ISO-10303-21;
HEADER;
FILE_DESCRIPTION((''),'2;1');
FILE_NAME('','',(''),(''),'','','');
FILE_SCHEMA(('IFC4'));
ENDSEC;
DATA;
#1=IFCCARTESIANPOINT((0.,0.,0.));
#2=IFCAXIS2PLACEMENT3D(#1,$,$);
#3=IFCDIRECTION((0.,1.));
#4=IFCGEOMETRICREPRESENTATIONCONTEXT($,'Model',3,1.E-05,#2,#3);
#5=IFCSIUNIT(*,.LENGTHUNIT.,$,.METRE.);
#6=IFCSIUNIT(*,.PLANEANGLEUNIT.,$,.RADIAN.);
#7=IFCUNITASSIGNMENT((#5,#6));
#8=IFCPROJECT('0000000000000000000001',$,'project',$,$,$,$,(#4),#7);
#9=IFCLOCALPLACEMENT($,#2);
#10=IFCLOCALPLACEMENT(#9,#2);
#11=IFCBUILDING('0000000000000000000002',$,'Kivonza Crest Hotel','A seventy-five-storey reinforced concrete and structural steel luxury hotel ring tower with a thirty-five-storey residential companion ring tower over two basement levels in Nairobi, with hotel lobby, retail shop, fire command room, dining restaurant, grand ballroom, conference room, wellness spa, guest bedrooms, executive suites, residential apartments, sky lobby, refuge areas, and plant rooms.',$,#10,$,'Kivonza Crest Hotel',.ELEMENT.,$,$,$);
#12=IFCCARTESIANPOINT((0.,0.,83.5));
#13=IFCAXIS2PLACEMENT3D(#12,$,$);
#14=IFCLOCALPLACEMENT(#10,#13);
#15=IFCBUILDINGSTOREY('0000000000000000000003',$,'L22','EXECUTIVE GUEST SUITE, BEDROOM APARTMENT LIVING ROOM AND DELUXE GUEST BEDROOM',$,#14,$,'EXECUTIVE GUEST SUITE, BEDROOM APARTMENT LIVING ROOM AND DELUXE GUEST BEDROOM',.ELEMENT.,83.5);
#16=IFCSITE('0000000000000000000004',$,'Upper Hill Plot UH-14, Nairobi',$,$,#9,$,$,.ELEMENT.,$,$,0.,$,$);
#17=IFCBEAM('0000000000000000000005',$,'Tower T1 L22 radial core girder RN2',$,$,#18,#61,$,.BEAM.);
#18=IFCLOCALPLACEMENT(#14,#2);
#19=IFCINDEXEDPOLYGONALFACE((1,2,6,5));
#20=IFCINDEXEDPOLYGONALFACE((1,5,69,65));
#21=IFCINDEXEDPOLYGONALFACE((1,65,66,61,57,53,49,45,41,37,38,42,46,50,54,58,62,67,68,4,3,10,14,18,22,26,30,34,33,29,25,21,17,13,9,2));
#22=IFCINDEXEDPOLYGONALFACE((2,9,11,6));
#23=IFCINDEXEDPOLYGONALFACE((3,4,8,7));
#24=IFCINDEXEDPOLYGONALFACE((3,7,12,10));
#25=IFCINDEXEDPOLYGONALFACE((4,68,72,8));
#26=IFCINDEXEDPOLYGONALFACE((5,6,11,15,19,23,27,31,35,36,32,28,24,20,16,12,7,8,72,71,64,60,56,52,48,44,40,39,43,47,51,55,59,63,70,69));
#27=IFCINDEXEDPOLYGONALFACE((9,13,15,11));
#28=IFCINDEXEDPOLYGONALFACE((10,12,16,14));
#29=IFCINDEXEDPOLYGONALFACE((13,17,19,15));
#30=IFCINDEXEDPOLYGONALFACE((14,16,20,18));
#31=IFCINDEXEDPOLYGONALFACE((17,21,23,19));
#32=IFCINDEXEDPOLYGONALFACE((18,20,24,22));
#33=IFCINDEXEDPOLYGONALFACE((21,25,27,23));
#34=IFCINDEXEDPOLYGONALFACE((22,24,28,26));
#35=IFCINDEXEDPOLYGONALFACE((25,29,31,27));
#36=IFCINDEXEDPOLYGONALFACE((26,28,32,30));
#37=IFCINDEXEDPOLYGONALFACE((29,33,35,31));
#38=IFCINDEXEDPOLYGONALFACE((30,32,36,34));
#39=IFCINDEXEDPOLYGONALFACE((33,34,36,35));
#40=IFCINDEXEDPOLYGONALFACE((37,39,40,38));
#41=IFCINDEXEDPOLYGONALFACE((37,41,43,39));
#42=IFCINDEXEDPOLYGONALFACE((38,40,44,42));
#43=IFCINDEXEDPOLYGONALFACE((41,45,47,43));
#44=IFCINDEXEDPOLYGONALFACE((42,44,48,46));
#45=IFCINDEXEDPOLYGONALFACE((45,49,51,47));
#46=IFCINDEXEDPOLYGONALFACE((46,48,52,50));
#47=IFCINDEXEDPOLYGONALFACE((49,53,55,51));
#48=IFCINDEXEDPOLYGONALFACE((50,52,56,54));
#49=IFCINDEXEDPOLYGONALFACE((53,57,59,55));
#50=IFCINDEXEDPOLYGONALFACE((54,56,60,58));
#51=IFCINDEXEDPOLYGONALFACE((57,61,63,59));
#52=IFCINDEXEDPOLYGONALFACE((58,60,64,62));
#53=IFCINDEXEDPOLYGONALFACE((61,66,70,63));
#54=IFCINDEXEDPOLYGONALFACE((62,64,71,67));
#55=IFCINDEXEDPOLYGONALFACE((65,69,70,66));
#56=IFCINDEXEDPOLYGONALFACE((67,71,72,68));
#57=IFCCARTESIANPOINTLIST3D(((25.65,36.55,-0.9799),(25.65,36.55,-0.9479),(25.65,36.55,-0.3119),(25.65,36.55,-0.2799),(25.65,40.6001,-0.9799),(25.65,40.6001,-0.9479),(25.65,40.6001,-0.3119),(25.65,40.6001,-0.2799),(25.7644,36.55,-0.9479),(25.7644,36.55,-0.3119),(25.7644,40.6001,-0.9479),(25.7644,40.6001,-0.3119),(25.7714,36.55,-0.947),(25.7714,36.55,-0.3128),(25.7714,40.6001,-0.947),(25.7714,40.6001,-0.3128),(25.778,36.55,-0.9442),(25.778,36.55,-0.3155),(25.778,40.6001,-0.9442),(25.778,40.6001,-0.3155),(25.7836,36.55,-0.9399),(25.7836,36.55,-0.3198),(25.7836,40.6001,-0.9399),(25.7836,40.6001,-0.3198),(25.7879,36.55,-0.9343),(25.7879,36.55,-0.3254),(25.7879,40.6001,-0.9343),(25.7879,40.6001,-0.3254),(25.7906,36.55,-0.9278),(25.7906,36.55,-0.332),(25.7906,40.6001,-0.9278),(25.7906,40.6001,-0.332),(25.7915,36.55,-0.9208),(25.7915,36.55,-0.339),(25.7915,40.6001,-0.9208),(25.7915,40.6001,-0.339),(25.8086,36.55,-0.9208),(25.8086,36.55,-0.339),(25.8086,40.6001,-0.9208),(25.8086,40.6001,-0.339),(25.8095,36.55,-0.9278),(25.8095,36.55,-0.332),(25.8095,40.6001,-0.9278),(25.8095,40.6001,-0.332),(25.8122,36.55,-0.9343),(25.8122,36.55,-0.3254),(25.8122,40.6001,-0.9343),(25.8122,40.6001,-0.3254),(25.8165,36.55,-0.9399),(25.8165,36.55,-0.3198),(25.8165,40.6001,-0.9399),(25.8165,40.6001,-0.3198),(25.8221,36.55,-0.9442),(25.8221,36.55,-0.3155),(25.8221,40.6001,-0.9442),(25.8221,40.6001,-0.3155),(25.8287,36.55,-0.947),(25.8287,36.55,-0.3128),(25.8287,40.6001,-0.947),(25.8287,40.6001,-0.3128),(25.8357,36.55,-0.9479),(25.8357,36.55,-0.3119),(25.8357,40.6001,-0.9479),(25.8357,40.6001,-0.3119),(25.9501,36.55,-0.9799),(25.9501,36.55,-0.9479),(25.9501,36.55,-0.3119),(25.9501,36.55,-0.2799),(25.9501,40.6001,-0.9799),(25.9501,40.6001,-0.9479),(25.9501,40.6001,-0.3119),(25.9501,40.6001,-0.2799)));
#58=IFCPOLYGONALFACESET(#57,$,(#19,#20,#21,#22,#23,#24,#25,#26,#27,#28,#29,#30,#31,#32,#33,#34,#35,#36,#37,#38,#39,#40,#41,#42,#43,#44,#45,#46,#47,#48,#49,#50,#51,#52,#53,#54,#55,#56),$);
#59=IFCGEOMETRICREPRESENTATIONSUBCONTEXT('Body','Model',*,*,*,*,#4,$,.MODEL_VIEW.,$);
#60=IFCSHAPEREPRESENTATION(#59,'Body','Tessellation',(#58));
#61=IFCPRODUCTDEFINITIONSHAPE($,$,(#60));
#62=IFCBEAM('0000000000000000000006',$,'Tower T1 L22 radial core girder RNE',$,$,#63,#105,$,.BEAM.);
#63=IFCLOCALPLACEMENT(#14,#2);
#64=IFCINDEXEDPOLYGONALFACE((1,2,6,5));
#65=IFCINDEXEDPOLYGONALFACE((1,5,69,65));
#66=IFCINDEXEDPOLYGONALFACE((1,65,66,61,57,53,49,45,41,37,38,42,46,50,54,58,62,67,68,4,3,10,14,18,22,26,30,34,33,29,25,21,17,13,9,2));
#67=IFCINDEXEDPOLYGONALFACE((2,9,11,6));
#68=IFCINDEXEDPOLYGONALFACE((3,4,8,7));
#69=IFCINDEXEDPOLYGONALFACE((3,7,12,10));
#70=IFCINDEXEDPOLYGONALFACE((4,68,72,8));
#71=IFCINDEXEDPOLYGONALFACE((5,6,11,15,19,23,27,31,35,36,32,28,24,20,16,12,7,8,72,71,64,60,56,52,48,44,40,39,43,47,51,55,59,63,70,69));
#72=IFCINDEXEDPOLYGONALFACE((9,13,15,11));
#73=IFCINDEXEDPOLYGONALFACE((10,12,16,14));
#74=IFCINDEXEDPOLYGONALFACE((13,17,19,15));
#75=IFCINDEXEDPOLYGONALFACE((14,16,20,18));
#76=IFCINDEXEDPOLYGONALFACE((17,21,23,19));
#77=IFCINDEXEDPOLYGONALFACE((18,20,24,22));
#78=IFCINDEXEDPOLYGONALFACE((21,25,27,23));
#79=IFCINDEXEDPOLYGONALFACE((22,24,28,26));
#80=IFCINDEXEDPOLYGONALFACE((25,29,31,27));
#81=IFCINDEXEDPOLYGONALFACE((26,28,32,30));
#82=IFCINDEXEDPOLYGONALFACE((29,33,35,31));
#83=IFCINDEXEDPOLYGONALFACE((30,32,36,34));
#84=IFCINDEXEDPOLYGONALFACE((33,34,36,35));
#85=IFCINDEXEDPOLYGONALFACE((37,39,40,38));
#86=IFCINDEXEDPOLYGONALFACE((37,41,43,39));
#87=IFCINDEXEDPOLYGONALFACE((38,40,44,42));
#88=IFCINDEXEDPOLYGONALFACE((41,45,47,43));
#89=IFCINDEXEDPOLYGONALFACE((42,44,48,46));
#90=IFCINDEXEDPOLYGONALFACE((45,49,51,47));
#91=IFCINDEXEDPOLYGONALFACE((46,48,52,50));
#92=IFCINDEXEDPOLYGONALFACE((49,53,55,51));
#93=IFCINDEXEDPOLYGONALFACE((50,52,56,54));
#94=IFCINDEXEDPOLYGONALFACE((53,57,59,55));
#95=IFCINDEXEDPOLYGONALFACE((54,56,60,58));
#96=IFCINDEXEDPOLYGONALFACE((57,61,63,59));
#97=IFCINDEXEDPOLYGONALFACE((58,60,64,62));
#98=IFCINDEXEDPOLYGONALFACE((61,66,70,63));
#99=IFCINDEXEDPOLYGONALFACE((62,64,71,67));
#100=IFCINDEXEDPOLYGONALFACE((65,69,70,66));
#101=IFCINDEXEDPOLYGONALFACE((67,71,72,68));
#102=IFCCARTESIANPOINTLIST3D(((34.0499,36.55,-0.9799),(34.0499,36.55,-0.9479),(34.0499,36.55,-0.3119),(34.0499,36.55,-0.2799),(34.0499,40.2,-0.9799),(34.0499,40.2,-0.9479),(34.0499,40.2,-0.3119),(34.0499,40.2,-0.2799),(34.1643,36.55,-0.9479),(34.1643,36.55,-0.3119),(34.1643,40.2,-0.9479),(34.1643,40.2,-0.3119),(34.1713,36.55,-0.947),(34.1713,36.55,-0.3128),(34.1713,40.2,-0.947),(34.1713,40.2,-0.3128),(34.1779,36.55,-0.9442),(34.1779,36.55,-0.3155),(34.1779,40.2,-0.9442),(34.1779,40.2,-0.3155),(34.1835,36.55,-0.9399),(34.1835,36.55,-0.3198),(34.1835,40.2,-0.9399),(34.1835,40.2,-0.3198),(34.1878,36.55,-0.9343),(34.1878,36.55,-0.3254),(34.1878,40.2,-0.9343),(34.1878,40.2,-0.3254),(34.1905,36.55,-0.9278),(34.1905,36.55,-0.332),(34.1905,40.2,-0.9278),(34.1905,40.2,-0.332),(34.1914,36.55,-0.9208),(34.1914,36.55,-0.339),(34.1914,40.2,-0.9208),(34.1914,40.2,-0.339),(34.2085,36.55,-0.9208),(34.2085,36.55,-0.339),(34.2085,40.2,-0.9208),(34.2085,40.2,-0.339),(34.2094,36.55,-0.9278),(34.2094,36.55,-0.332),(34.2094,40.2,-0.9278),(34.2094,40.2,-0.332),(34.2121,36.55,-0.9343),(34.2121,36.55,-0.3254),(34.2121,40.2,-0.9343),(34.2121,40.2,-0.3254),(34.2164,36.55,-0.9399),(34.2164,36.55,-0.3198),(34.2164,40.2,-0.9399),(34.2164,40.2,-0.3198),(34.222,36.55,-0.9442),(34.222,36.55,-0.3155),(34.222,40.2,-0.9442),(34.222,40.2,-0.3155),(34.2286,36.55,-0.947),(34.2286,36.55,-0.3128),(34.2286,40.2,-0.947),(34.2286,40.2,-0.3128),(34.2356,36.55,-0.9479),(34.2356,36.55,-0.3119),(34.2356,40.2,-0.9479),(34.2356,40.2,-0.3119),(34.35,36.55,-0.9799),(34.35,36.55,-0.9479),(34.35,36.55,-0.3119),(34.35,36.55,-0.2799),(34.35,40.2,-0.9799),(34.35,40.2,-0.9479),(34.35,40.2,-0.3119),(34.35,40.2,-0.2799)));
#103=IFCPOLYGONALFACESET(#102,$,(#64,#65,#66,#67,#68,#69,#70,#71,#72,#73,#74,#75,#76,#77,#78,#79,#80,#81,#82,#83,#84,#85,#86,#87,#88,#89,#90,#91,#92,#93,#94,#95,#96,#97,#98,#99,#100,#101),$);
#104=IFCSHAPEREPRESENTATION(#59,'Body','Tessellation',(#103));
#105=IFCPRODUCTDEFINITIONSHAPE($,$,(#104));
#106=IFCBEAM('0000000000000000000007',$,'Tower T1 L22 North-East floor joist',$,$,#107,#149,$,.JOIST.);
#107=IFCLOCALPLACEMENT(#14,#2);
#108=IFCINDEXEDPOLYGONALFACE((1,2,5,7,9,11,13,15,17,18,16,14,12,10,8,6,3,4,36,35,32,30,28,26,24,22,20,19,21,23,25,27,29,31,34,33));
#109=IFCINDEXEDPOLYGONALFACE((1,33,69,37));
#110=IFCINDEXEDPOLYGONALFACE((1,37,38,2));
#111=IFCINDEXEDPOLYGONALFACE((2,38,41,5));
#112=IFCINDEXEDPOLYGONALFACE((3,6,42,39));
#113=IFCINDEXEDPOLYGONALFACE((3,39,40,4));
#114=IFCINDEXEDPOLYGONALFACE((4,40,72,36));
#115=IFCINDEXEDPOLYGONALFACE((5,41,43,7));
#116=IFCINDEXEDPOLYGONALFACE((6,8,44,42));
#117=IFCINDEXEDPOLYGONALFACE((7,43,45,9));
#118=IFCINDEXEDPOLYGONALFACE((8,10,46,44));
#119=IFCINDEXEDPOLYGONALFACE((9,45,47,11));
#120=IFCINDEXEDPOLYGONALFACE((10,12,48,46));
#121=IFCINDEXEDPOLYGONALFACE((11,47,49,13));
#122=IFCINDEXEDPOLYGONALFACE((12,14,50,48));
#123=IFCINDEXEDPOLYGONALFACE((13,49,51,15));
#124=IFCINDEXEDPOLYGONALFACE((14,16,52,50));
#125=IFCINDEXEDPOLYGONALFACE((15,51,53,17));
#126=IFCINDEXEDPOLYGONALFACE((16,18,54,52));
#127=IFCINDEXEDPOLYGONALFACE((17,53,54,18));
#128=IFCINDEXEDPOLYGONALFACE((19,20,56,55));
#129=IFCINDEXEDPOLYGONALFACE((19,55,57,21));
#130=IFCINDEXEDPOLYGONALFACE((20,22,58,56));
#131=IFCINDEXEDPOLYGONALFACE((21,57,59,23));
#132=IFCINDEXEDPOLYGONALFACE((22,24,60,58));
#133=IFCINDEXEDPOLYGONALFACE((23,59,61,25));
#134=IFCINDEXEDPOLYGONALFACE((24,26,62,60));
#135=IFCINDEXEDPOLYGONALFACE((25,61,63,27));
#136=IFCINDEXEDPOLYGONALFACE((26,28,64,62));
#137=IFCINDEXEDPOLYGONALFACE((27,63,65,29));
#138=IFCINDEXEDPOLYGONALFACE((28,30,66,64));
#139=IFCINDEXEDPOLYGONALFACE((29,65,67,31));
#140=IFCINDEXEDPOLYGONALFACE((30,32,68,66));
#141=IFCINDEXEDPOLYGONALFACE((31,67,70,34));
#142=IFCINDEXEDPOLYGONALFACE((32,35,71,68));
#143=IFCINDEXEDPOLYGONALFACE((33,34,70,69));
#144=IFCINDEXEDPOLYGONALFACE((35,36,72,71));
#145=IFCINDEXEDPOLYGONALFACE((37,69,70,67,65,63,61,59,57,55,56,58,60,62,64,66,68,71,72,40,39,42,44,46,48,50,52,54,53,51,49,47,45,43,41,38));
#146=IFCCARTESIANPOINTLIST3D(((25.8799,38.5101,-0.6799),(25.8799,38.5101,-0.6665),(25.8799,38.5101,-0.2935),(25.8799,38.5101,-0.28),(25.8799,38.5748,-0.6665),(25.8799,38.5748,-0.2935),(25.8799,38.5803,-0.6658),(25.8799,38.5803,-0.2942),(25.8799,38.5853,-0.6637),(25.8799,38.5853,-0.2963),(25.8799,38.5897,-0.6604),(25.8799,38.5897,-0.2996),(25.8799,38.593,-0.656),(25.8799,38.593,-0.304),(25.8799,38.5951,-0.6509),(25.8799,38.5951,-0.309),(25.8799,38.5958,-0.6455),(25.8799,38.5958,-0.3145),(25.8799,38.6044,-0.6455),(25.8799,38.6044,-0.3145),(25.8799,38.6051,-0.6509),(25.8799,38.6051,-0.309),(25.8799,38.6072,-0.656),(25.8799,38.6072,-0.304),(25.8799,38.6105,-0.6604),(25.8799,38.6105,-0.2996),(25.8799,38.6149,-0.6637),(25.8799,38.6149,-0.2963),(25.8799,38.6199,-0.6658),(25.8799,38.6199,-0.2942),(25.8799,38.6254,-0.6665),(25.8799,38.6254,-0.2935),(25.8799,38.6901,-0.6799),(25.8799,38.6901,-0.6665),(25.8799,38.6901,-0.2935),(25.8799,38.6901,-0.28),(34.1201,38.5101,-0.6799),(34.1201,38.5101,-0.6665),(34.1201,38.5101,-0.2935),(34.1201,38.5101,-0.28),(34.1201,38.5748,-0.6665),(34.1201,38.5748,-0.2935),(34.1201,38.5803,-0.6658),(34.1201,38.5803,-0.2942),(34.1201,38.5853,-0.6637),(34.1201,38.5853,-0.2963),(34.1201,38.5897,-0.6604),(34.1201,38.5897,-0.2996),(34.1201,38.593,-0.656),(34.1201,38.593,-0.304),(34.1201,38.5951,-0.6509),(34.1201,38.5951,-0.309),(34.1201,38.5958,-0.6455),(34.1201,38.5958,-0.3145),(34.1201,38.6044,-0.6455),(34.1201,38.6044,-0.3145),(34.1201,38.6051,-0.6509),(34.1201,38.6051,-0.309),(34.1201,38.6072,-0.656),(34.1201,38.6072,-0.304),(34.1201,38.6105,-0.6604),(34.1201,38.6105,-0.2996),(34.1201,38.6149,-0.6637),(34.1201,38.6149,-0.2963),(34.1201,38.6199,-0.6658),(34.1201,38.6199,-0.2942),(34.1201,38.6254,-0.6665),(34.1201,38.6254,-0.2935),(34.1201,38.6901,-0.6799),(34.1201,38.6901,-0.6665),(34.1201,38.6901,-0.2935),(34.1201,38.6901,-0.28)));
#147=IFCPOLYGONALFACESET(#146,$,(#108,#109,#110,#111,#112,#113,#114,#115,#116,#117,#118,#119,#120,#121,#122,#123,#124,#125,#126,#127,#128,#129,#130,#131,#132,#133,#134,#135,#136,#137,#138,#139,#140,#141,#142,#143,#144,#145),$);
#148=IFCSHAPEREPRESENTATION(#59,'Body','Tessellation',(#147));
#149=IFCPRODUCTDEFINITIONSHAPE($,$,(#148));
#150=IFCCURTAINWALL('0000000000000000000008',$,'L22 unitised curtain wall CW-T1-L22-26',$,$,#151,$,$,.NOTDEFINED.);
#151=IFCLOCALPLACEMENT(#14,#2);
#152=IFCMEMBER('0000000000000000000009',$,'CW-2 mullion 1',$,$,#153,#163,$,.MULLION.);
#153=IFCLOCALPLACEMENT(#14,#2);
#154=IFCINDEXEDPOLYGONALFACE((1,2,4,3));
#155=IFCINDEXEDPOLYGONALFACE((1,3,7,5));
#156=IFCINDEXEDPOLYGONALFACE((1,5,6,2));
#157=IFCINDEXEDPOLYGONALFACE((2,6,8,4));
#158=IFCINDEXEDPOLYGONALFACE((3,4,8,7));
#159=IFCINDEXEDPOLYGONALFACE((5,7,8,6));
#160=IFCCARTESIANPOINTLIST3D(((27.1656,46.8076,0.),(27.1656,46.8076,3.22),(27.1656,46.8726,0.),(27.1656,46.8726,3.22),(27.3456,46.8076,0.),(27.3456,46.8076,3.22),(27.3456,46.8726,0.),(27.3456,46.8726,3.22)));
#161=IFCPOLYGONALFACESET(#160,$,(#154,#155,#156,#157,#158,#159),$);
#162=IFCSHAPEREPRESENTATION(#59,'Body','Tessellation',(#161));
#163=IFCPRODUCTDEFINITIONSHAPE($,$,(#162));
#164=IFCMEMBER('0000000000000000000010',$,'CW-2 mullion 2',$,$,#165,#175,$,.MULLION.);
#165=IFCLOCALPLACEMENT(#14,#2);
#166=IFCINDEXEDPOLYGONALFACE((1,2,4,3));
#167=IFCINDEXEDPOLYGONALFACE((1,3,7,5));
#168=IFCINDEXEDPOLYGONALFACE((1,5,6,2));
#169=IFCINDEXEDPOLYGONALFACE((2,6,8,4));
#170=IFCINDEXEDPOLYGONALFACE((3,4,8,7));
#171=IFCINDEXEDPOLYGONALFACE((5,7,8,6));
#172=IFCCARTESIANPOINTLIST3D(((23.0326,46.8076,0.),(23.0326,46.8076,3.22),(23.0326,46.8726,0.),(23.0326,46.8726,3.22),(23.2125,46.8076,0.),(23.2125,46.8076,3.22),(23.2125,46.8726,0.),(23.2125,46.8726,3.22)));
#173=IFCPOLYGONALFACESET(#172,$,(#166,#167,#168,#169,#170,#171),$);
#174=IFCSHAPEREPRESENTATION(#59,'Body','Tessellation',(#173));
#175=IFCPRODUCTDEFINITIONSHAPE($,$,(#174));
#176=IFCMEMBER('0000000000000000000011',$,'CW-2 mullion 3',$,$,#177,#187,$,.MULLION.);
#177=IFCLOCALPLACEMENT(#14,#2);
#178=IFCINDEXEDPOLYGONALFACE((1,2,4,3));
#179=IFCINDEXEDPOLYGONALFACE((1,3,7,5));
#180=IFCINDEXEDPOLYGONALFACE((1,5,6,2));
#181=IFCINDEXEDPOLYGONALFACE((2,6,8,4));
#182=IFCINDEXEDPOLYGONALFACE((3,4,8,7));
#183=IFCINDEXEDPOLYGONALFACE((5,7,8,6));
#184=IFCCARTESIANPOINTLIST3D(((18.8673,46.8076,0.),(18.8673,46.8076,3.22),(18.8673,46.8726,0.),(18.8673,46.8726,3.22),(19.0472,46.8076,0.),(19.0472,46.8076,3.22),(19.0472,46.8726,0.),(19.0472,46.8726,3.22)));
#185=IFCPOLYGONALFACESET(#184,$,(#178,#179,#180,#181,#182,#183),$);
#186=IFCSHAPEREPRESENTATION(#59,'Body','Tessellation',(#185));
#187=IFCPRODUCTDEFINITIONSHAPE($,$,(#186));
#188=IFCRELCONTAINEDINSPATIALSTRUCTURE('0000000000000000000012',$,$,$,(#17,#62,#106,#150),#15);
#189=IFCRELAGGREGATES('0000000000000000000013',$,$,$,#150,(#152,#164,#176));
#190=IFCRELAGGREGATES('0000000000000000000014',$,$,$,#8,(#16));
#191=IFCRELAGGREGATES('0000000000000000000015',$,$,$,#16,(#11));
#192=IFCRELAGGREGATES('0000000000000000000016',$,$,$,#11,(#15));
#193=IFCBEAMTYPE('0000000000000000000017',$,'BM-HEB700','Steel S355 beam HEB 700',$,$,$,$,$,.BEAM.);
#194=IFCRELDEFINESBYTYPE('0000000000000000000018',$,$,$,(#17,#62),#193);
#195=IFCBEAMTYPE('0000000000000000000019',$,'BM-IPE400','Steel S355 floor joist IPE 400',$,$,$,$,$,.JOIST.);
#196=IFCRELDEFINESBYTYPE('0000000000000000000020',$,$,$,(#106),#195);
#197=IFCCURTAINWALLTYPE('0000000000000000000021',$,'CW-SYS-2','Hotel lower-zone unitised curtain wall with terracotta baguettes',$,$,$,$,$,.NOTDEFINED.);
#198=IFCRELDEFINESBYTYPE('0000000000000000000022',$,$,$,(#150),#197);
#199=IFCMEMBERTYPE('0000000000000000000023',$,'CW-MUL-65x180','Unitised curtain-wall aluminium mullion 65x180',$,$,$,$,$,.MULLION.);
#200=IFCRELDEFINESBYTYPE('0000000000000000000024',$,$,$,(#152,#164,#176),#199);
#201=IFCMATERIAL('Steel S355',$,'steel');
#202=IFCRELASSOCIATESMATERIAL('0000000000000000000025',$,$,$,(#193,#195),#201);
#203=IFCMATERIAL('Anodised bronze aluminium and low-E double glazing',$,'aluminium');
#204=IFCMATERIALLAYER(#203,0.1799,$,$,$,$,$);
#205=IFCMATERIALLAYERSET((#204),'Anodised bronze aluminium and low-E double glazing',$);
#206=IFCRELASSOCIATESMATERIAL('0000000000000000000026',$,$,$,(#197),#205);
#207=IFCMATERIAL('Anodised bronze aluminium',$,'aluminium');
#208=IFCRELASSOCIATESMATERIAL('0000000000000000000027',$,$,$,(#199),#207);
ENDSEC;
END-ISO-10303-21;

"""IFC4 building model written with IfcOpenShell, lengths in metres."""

from ifc_helpers import new_model, si_unit, direction, frame, origin, origin_2d, place, context, subcontext, project, spatial, rectangle, i_section, extrude, material, layer, layer_set, material_profile, profile_set, type_object, element, aggregate, save


model = new_model("IFC4")

# Units and contexts
model_context = context("Model", 3, precision=1e-05, world=origin(), true_north=direction((0.0, 1.0)))
body_context = subcontext(model_context, "Body", "Model", "MODEL_VIEW")
ifc_project = project(units=[si_unit("LENGTHUNIT", "METRE"), si_unit("PLANEANGLEUNIT", "RADIAN")], contexts=[model_context])

# Site, building, storey
site_placement = place(None, origin())
site = spatial("IfcSite", under=ifc_project, at=site_placement, Name="Upper Hill Plot UH-14, Nairobi", CompositionType="ELEMENT", RefElevation=0.0)
building_placement = place(site_placement, origin())
building = spatial("IfcBuilding", under=site, at=building_placement, Name="Kivonza Crest Hotel", Description="A seventy-five-storey reinforced concrete and structural steel luxury hotel ring tower with a thirty-five-storey residential companion ring tower over two basement levels in Nairobi, with hotel lobby, retail shop, fire command room, dining restaurant, grand ballroom, conference room, wellness spa, guest bedrooms, executive suites, residential apartments, sky lobby, refuge areas, and plant rooms.", LongName="Kivonza Crest Hotel", CompositionType="ELEMENT")
storey_placement = place(building_placement, frame((0.0, 0.0, 83.5)))
storey = spatial("IfcBuildingStorey", under=building, at=storey_placement, Name="L22", Description="EXECUTIVE GUEST SUITE, BEDROOM APARTMENT LIVING ROOM AND DELUXE GUEST BEDROOM", LongName="EXECUTIVE GUEST SUITE, BEDROOM APARTMENT LIVING ROOM AND DELUXE GUEST BEDROOM", CompositionType="ELEMENT", Elevation=83.5)

# Beams
ifc_material_1 = material(Name="Steel S355", Category="steel")
ifc_material_profile_1 = material_profile(ifc_material_1, i_section(OverallWidth=0.3, OverallDepth=0.7, WebThickness=0.0171, FlangeThickness=0.032, FilletRadius=0.0271, at=origin_2d()), Name="HEB 700")
ifc_profile_set_1 = profile_set([ifc_material_profile_1], Name="Steel S355")
beam_type_1 = type_object("IfcBeamType", Name="BM-HEB700", Description="Steel S355 beam HEB 700", PredefinedType="BEAM", material=ifc_profile_set_1)
beam_1_placement = place(storey_placement, frame((25.8, 40.6001, -0.6299), z_axis=(0.0, -1.0, 0.0), x_axis=(1.0, 0.0, 0.0)))
element("IfcBeam", 1, at=beam_1_placement, inside=storey, type_object=beam_type_1, Name="Tower T1 L22 radial core girder RN2", PredefinedType="BEAM", context=body_context, shape_type="SweptSolid", body=[
    extrude(i_section(OverallWidth=0.3, OverallDepth=0.7, WebThickness=0.0171, FlangeThickness=0.032, FilletRadius=0.0271, at=origin_2d()), origin(), (0.0, 0.0, 1.0), 4.05),
])
beam_2_placement = place(storey_placement, frame((34.2, 40.2, -0.6299), z_axis=(0.0, -1.0, 0.0), x_axis=(1.0, 0.0, 0.0)))
element("IfcBeam", 2, at=beam_2_placement, inside=storey, type_object=beam_type_1, Name="Tower T1 L22 radial core girder RNE", PredefinedType="BEAM", context=body_context, shape_type="SweptSolid", body=[
    extrude(i_section(OverallWidth=0.3, OverallDepth=0.7, WebThickness=0.0171, FlangeThickness=0.032, FilletRadius=0.0271, at=origin_2d()), origin(), (0.0, 0.0, 1.0), 3.6499),
])
ifc_material_profile_2 = material_profile(ifc_material_1, i_section(OverallWidth=0.1799, OverallDepth=0.3999, WebThickness=0.0085, FlangeThickness=0.0134, FilletRadius=0.021, at=origin_2d()), Name="IPE 400")
ifc_profile_set_2 = profile_set([ifc_material_profile_2], Name="Steel S355")
beam_type_2 = type_object("IfcBeamType", Name="BM-IPE400", Description="Steel S355 floor joist IPE 400", PredefinedType="JOIST", material=ifc_profile_set_2)
beam_3_placement = place(storey_placement, frame((25.8799, 38.6001, -0.48), z_axis=(1.0, 0.0, 0.0), x_axis=(0.0, 1.0, 0.0)))
element("IfcBeam", 3, at=beam_3_placement, inside=storey, type_object=beam_type_2, Name="Tower T1 L22 North-East floor joist", PredefinedType="JOIST", context=body_context, shape_type="SweptSolid", body=[
    extrude(i_section(OverallWidth=0.1799, OverallDepth=0.3999, WebThickness=0.0085, FlangeThickness=0.0134, FilletRadius=0.021, at=origin_2d()), origin(), (0.0, 0.0, 1.0), 8.2402),
])

# Curtain wall, members
ifc_material_2 = material(Name="Anodised bronze aluminium and low-E double glazing", Category="aluminium")
ifc_layer_1 = layer(ifc_material_2, 0.1799)
ifc_layer_set_1 = layer_set([ifc_layer_1], Name="Anodised bronze aluminium and low-E double glazing")
curtain_wall_type = type_object("IfcCurtainWallType", Name="CW-SYS-2", Description="Hotel lower-zone unitised curtain wall with terracotta baguettes", PredefinedType="NOTDEFINED", material=ifc_layer_set_1)
curtain_wall_placement = place(storey_placement, origin())
curtain_wall = element("IfcCurtainWall", 4, at=curtain_wall_placement, inside=storey, type_object=curtain_wall_type, Name="L22 unitised curtain wall CW-T1-L22-26", PredefinedType="NOTDEFINED")
ifc_material_3 = material(Name="Anodised bronze aluminium", Category="aluminium")
ifc_material_profile_3 = material_profile(ifc_material_3, rectangle(XDim=0.0649, YDim=0.1799, at=origin_2d()), Name="CW-M 65x180")
ifc_profile_set_3 = profile_set([ifc_material_profile_3], Name="Anodised bronze aluminium")
member_type_1 = type_object("IfcMemberType", Name="CW-MUL-65x180", Description="Unitised curtain-wall aluminium mullion 65x180", PredefinedType="MULLION", material=ifc_profile_set_3)
member_1_placement = place(storey_placement, frame((27.2556, 46.8401, 0.0), z_axis=(0.0, 0.0, 1.0), x_axis=(0.0, -1.0, 0.0)))
member_1 = element("IfcMember", 5, at=member_1_placement, type_object=member_type_1, Name="CW-2 mullion 1", PredefinedType="MULLION", context=body_context, shape_type="SweptSolid", body=[
    extrude(rectangle(XDim=0.0649, YDim=0.1799, at=origin_2d()), origin(), (0.0, 0.0, 1.0), 3.22),
])
member_2_placement = place(storey_placement, frame((23.1226, 46.8401, 0.0), z_axis=(0.0, 0.0, 1.0), x_axis=(0.0, -1.0, 0.0)))
member_2 = element("IfcMember", 6, at=member_2_placement, type_object=member_type_1, Name="CW-2 mullion 2", PredefinedType="MULLION", context=body_context, shape_type="SweptSolid", body=[
    extrude(rectangle(XDim=0.0649, YDim=0.1799, at=origin_2d()), origin(), (0.0, 0.0, 1.0), 3.22),
])
member_3_placement = place(storey_placement, frame((18.9573, 46.8401, 0.0), z_axis=(0.0, 0.0, 1.0), x_axis=(0.0, -1.0, 0.0)))
member_3 = element("IfcMember", 7, at=member_3_placement, type_object=member_type_1, Name="CW-2 mullion 3", PredefinedType="MULLION", context=body_context, shape_type="SweptSolid", body=[
    extrude(rectangle(XDim=0.0649, YDim=0.1799, at=origin_2d()), origin(), (0.0, 0.0, 1.0), 3.22),
])
aggregate(curtain_wall, [member_1, member_2, member_3])

save(model, "model.ifc")
